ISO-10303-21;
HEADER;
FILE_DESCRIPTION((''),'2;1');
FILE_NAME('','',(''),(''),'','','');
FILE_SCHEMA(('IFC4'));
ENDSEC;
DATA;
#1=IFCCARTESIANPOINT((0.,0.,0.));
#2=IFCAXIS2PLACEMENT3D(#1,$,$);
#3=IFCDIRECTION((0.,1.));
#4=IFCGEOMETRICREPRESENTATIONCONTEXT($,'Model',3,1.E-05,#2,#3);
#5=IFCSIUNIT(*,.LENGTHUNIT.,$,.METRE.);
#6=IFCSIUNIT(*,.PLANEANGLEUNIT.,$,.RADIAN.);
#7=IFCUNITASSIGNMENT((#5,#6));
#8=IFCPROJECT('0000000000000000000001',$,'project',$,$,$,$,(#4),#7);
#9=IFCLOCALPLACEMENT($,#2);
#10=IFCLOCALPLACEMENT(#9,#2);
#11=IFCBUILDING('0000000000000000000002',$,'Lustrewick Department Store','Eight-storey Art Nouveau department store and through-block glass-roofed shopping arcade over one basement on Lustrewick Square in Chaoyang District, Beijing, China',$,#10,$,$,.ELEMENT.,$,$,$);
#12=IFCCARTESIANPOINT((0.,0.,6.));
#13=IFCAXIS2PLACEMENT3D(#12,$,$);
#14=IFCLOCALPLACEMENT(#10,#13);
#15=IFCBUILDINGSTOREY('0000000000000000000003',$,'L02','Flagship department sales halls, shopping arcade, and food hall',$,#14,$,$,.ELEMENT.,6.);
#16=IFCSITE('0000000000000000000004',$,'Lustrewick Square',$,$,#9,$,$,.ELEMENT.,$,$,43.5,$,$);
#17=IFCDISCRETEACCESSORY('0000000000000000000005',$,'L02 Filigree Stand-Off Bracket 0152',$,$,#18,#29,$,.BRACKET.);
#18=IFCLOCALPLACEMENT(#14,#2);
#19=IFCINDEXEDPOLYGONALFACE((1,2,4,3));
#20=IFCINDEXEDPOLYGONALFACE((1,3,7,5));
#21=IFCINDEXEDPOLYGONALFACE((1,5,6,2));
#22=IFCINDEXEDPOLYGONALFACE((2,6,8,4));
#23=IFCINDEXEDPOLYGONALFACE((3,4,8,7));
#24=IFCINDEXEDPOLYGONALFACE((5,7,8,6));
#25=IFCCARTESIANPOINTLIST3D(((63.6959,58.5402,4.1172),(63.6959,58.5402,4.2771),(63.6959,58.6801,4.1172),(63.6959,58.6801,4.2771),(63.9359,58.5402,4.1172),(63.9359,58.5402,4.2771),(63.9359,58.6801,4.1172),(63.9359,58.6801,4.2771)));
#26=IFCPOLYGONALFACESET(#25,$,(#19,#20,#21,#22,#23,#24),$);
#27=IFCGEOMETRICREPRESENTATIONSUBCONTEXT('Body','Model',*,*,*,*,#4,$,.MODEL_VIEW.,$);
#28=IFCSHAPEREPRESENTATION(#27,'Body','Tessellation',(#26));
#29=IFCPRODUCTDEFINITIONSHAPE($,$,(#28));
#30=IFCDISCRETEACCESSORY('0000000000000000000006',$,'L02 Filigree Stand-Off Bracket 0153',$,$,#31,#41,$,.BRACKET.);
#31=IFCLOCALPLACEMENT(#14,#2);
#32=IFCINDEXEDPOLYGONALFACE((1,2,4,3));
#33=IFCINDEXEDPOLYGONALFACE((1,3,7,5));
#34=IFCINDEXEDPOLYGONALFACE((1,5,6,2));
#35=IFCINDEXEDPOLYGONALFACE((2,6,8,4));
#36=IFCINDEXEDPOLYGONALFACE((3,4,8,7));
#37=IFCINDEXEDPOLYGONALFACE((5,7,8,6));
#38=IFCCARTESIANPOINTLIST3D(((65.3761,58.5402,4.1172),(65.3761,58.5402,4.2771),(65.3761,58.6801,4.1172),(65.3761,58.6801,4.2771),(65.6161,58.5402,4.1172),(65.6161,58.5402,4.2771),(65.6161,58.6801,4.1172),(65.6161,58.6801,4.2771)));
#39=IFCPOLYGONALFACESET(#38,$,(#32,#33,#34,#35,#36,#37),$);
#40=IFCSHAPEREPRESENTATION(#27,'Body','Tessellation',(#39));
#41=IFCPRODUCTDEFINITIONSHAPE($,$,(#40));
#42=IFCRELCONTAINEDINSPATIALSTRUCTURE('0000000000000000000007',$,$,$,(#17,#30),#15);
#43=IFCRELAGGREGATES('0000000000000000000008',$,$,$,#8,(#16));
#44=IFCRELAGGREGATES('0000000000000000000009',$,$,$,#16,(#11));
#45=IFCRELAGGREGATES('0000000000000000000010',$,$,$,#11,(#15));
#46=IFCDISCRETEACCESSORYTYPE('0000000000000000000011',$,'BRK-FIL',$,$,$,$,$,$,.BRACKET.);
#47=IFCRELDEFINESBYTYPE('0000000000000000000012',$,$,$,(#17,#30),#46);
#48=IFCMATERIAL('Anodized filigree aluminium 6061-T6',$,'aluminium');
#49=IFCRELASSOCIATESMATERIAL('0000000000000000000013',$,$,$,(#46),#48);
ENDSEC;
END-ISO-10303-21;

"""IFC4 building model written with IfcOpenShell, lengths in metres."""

from ifc_helpers import new_model, si_unit, direction, frame, origin, origin_2d, place, context, subcontext, project, spatial, rectangle, extrude, material, type_object, element, save


model = new_model("IFC4")

# Units and contexts
model_context = context("Model", 3, precision=1e-05, world=origin(), true_north=direction((0.0, 1.0)))
body_context = subcontext(model_context, "Body", "Model", "MODEL_VIEW")
ifc_project = project(units=[si_unit("LENGTHUNIT", "METRE"), si_unit("PLANEANGLEUNIT", "RADIAN")], contexts=[model_context])

# Site, building, storey
site_placement = place(None, origin())
site = spatial("IfcSite", under=ifc_project, at=site_placement, Name="Lustrewick Square", CompositionType="ELEMENT", RefElevation=43.5)
building_placement = place(site_placement, origin())
building = spatial("IfcBuilding", under=site, at=building_placement, Name="Lustrewick Department Store", Description="Eight-storey Art Nouveau department store and through-block glass-roofed shopping arcade over one basement on Lustrewick Square in Chaoyang District, Beijing, China", CompositionType="ELEMENT")
storey_placement = place(building_placement, frame((0.0, 0.0, 6.0)))
storey = spatial("IfcBuildingStorey", under=building, at=storey_placement, Name="L02", Description="Flagship department sales halls, shopping arcade, and food hall", CompositionType="ELEMENT", Elevation=6.0)

# Discrete accessories
ifc_material_1 = material(Name="Anodized filigree aluminium 6061-T6", Category="aluminium")
discrete_accessory_type = type_object("IfcDiscreteAccessoryType", Name="BRK-FIL", PredefinedType="BRACKET", material=ifc_material_1)
for number, where, z_axis, x_axis, name in (
    (1, (63.8159, 58.6101, 4.1172), (0.0, 0.0, 1.0), (1.0, 0.0, 0.0), "L02 Filigree Stand-Off Bracket 0152"),
    (2, (65.4961, 58.6101, 4.1172), (0.0, 0.0, 1.0), (1.0, 0.0, 0.0), "L02 Filigree Stand-Off Bracket 0153"),
):
    element("IfcDiscreteAccessory", number, at=place(storey_placement, frame(where, z_axis=z_axis, x_axis=x_axis)), inside=storey, type_object=discrete_accessory_type, Name=name, PredefinedType="BRACKET", context=body_context, shape_type="SweptSolid", body=[
        extrude(rectangle(XDim=0.24, YDim=0.1399, at=origin_2d()), origin(), (0.0, 0.0, 1.0), 0.1599),
    ])

save(model, "model.ifc")
